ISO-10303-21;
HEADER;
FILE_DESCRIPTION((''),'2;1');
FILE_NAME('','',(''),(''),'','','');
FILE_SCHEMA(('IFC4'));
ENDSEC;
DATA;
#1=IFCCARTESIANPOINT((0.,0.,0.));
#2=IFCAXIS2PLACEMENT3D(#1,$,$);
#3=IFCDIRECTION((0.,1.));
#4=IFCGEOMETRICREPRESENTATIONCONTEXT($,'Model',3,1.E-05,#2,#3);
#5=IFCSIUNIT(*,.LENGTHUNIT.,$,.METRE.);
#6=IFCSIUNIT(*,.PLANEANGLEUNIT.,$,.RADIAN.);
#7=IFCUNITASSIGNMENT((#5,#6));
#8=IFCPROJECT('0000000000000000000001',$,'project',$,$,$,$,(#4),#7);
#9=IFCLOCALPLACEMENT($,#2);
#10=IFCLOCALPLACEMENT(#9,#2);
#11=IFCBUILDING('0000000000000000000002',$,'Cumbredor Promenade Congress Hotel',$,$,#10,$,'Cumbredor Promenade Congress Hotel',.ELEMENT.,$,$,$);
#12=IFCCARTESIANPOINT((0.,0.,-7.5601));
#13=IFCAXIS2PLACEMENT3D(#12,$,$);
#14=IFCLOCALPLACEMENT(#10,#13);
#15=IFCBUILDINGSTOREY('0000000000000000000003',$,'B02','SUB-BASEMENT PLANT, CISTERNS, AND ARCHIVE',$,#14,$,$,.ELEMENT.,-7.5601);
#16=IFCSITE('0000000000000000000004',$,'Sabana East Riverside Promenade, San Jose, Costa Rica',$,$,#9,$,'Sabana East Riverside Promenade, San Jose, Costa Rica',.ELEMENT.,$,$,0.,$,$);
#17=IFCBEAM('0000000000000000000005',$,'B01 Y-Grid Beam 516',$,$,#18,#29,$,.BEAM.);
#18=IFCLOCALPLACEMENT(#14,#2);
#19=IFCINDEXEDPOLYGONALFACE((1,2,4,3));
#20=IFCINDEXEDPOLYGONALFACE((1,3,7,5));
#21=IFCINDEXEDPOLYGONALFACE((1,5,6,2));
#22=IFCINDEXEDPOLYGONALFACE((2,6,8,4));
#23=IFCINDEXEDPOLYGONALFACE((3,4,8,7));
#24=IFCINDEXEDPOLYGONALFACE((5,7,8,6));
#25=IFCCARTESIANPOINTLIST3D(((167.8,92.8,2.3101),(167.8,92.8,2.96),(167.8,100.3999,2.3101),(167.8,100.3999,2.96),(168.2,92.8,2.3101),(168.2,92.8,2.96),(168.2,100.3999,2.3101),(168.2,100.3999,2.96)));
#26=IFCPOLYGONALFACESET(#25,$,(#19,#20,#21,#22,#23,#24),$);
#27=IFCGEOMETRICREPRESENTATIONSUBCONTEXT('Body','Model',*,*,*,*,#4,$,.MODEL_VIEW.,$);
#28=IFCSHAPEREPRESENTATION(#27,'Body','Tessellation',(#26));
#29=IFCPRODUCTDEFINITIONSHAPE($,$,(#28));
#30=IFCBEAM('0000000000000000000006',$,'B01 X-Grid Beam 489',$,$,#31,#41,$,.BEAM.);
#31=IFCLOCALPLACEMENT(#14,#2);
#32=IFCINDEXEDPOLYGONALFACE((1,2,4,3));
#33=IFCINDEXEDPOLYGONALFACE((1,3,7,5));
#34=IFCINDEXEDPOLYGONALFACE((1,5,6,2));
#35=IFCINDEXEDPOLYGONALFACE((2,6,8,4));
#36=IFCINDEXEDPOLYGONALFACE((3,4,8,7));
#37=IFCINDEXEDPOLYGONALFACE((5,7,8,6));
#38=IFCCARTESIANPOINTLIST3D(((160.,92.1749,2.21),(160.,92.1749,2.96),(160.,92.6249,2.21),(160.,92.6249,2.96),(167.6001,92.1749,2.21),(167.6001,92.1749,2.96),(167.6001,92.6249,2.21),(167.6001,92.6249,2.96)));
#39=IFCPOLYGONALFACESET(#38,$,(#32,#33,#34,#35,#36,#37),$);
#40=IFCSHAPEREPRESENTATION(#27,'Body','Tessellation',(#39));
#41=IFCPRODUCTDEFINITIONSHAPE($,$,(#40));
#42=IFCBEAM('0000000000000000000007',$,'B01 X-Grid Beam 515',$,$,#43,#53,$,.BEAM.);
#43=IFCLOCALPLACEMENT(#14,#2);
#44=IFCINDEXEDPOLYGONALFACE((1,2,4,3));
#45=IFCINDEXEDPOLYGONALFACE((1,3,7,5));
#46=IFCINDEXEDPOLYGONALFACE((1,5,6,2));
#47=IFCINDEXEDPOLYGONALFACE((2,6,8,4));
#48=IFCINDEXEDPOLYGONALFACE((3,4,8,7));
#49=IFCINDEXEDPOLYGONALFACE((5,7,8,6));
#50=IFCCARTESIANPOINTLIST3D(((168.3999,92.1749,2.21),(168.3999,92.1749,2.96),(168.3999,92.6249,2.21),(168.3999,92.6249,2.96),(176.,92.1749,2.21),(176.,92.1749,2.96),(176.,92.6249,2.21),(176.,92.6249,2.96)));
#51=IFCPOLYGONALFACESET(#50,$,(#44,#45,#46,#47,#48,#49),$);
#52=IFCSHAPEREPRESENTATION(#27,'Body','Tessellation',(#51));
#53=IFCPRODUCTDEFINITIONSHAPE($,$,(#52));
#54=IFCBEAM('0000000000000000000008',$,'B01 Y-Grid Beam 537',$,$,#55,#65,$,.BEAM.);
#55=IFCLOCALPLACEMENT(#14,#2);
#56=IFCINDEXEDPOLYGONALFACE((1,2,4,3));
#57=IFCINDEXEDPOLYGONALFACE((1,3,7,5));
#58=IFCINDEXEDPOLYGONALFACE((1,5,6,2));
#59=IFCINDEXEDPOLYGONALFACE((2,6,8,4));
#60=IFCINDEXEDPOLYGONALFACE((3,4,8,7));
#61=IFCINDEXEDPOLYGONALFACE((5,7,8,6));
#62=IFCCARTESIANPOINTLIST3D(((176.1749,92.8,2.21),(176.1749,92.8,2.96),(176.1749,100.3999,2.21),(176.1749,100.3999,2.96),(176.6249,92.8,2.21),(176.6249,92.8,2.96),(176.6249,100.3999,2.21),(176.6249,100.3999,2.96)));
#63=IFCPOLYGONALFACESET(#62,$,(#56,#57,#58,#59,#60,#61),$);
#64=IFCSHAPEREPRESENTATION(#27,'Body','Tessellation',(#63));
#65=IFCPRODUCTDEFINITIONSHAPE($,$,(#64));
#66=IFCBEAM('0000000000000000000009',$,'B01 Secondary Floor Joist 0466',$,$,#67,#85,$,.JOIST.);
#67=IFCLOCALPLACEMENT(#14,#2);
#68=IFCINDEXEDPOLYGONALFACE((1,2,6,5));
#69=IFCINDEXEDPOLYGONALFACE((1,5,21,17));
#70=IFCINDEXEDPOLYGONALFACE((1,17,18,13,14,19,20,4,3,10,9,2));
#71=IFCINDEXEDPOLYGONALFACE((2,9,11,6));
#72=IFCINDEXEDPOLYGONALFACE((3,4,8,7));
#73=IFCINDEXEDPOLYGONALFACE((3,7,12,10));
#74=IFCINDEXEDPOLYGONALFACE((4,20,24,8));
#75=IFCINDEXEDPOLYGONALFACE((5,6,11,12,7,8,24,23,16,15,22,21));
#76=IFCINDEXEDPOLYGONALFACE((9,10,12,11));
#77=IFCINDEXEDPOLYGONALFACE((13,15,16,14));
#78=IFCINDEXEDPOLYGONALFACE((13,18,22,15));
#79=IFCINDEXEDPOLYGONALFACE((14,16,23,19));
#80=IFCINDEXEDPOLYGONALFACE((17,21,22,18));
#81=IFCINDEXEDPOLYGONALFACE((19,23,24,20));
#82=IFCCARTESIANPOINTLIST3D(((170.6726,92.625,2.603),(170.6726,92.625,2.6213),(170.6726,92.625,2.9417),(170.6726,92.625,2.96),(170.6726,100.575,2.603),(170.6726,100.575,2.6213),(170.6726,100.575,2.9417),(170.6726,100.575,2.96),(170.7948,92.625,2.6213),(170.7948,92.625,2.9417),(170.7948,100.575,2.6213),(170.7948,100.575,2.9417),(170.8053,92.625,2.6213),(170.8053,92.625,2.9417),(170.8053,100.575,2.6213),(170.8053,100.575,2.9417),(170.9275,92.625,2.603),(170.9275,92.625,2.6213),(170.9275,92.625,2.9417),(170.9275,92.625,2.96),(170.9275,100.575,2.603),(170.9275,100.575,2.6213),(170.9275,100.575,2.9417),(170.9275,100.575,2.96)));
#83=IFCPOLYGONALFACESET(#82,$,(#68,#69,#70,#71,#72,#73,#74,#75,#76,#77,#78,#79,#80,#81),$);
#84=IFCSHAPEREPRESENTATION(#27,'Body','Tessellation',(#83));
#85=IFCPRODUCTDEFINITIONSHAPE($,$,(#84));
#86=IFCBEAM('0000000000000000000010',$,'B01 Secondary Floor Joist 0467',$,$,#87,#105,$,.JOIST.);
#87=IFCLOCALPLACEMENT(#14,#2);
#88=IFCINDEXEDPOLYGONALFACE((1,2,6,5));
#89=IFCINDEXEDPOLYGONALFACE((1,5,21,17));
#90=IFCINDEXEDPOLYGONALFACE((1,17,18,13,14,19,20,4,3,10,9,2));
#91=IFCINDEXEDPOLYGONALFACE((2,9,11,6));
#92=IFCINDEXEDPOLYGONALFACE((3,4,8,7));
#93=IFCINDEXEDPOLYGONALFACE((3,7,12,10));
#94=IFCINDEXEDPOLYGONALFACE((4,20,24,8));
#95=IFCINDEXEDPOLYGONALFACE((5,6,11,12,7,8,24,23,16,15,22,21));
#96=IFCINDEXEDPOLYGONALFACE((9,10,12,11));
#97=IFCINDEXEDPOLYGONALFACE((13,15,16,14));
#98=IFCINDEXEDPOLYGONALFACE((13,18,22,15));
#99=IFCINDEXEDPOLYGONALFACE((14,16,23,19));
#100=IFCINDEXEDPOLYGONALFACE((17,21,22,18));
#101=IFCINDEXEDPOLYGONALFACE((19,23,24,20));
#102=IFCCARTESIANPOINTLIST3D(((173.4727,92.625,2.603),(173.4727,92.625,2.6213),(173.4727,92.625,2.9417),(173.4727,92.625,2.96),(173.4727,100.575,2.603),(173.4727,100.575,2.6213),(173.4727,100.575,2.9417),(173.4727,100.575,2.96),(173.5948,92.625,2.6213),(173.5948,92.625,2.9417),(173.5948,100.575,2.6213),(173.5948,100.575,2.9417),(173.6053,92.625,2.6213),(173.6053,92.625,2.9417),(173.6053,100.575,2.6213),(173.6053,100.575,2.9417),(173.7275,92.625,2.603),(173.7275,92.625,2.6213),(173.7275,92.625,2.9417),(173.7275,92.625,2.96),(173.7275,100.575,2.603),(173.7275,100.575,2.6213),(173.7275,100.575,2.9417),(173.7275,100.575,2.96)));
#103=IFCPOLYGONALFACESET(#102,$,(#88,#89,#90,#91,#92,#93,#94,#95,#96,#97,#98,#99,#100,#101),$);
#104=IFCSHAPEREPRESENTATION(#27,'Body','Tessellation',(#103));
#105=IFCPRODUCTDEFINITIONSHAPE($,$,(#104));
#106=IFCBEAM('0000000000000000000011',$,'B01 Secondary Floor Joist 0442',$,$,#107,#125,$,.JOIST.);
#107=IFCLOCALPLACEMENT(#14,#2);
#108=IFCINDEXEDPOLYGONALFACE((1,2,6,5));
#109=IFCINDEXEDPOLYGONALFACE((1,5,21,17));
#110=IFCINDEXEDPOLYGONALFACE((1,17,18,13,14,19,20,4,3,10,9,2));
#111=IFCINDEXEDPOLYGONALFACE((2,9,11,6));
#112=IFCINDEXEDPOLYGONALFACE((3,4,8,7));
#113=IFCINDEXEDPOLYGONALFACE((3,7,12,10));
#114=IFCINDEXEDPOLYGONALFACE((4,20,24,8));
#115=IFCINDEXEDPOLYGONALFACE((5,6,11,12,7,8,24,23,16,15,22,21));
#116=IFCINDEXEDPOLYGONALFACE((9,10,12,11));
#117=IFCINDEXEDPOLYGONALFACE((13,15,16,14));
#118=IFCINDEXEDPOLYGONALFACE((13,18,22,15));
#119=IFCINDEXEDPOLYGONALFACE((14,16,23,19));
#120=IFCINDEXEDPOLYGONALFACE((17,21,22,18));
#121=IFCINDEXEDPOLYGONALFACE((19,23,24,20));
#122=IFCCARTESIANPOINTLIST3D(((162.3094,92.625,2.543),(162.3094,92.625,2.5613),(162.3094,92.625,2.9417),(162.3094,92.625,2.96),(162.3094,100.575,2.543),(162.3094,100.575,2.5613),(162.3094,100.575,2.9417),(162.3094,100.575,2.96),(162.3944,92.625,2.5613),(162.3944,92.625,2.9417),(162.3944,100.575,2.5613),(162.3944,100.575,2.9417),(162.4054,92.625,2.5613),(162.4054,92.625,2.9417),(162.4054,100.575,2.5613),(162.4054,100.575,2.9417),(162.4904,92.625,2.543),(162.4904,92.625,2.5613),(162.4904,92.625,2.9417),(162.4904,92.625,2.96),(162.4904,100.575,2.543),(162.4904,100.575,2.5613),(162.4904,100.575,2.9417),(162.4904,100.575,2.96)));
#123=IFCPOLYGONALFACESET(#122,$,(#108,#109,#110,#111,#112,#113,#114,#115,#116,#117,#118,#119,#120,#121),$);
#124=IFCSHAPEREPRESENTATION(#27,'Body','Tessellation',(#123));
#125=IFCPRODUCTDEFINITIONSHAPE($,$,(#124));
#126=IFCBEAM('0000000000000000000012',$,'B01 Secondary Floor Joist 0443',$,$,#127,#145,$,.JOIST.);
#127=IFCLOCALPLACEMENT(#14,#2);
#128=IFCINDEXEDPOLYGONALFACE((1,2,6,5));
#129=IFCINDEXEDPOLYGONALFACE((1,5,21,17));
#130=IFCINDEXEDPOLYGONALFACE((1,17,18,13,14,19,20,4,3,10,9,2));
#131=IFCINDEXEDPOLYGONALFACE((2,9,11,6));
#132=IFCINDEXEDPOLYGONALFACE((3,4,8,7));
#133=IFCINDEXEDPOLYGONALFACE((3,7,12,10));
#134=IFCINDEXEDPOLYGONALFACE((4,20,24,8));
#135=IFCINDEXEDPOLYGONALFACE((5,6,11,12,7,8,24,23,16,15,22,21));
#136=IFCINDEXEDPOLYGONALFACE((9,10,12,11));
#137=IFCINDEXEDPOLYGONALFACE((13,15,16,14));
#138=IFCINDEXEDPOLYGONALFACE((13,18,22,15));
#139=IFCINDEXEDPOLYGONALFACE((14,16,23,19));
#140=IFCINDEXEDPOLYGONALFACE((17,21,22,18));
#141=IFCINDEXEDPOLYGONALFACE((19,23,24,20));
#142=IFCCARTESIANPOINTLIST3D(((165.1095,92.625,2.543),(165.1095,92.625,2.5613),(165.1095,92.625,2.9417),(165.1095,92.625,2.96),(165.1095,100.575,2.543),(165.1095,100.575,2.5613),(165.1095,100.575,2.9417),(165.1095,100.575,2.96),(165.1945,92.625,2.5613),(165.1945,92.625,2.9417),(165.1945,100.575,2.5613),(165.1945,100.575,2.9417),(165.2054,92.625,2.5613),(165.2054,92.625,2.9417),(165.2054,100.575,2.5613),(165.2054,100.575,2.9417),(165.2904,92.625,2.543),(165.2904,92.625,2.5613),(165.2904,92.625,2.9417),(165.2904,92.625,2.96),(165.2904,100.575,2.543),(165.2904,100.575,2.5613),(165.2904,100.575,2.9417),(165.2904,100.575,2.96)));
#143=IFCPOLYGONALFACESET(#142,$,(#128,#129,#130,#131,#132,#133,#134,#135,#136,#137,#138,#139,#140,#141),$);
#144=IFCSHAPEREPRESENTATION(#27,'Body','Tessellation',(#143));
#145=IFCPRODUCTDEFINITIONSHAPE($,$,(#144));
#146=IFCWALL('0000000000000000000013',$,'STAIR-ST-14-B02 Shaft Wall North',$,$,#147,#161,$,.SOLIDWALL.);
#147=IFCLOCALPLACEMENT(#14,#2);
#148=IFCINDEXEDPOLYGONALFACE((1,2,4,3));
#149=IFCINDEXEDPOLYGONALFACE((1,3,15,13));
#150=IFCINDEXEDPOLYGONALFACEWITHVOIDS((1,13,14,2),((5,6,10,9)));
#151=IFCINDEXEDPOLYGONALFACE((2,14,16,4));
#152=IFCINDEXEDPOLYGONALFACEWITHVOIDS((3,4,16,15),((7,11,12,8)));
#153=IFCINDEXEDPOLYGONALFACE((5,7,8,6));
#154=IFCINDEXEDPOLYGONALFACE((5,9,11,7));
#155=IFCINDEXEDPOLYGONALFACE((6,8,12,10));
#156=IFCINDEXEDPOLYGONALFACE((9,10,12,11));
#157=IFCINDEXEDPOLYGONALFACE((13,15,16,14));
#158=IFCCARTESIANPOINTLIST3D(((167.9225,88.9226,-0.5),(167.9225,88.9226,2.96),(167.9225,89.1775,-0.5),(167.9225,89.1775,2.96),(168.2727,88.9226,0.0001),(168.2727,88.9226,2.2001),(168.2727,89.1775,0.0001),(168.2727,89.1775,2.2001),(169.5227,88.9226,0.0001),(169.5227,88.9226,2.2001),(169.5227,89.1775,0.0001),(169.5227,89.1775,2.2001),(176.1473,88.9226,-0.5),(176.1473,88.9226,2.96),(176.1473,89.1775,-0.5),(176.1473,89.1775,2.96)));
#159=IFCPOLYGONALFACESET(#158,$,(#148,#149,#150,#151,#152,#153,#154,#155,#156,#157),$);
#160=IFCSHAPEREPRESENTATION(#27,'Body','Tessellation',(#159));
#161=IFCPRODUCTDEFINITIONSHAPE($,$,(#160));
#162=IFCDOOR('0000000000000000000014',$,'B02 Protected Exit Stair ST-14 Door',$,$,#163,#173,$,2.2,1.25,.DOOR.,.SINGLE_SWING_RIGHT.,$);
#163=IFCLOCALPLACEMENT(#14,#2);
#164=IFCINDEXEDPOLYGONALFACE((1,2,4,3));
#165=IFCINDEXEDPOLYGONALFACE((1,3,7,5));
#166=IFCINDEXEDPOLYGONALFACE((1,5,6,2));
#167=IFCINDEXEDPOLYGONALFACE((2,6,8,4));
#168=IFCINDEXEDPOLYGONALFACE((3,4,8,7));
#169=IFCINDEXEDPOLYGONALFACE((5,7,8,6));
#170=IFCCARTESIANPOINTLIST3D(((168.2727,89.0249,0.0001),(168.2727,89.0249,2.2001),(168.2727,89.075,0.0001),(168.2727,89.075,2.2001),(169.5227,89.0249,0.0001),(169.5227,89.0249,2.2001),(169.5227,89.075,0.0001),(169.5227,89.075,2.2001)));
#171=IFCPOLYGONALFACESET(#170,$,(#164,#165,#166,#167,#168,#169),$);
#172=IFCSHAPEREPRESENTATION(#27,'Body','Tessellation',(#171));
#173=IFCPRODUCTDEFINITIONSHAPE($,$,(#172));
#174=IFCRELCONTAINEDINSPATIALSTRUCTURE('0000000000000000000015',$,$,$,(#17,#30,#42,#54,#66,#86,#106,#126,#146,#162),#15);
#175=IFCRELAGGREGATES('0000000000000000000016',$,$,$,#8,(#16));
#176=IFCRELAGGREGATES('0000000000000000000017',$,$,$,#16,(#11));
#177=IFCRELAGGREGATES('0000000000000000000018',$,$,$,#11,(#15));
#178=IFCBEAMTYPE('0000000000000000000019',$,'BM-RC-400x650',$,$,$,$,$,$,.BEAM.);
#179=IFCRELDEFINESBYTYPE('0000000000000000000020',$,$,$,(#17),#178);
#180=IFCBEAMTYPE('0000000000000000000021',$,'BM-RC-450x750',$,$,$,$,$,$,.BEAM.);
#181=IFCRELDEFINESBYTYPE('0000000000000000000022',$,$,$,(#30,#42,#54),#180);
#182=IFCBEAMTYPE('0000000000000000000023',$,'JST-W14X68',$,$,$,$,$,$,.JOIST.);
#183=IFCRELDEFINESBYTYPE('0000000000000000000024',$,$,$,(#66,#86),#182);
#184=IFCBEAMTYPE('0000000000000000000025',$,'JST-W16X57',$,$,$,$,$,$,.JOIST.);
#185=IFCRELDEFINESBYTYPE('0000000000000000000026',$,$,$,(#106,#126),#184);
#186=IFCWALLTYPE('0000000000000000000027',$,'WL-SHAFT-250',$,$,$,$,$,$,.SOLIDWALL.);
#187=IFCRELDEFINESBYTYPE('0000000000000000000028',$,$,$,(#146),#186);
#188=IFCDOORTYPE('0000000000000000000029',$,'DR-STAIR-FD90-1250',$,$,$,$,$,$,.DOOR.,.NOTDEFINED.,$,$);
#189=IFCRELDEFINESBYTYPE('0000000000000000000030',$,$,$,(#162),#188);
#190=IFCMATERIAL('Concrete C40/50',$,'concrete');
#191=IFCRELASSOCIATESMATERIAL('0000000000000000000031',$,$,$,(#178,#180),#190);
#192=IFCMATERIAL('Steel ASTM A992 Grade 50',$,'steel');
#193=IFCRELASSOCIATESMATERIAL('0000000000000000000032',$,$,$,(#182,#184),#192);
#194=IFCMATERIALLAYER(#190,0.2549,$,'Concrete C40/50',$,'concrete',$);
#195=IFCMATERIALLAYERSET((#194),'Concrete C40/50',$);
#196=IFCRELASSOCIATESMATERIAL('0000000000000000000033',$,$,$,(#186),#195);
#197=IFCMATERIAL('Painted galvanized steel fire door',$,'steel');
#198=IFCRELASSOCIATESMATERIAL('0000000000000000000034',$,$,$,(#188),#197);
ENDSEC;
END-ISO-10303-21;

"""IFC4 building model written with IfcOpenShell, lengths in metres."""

from ifc_helpers import new_model, si_unit, direction, frame, frame_2d, origin, origin_2d, place, context, subcontext, project, spatial, rectangle, i_section, extrude, material, layer, layer_set, material_profile, profile_set, type_object, element, fill, save


model = new_model("IFC4")

# Units and contexts
model_context = context("Model", 3, precision=1e-05, world=origin(), true_north=direction((0.0, 1.0)))
body_context = subcontext(model_context, "Body", "Model", "MODEL_VIEW")
ifc_project = project(units=[si_unit("LENGTHUNIT", "METRE"), si_unit("PLANEANGLEUNIT", "RADIAN")], contexts=[model_context])

# Site, building, storey
site_placement = place(None, origin())
site = spatial("IfcSite", under=ifc_project, at=site_placement, Name="Sabana East Riverside Promenade, San Jose, Costa Rica", LongName="Sabana East Riverside Promenade, San Jose, Costa Rica", CompositionType="ELEMENT", RefElevation=0.0)
building_placement = place(site_placement, origin())
building = spatial("IfcBuilding", under=site, at=building_placement, Name="Cumbredor Promenade Congress Hotel", LongName="Cumbredor Promenade Congress Hotel", CompositionType="ELEMENT")
storey_placement = place(building_placement, frame((0.0, 0.0, -7.5601)))
storey = spatial("IfcBuildingStorey", under=building, at=storey_placement, Name="B02", Description="SUB-BASEMENT PLANT, CISTERNS, AND ARCHIVE", CompositionType="ELEMENT", Elevation=-7.5601)

# Shared definitions
ifc_material_1 = material(Name="Concrete C40/50", Category="concrete")

# Beams
ifc_material_profile_1 = material_profile(ifc_material_1, rectangle(XDim=0.3999, YDim=0.6499, at=origin_2d()), Name="RC BEAM 400x650")
ifc_profile_set_1 = profile_set([ifc_material_profile_1], Name="Concrete C40/50")
beam_type_1 = type_object("IfcBeamType", Name="BM-RC-400x650", PredefinedType="BEAM", material=ifc_profile_set_1)
beam_1_placement = place(storey_placement, frame((168.0, 92.8, 2.635), z_axis=(0.0, 1.0, 0.0), x_axis=(-1.0, 0.0, 0.0)))
element("IfcBeam", 1, at=beam_1_placement, inside=storey, type_object=beam_type_1, Name="B01 Y-Grid Beam 516", PredefinedType="BEAM", context=body_context, shape_type="SweptSolid", body=[
    extrude(rectangle(XDim=0.3999, YDim=0.6499, at=origin_2d()), origin(), (0.0, 0.0, 1.0), 7.5999),
])
ifc_material_profile_2 = material_profile(ifc_material_1, rectangle(XDim=0.45, YDim=0.75, at=origin_2d()), Name="RC BEAM 450x750")
ifc_profile_set_2 = profile_set([ifc_material_profile_2], Name="Concrete C40/50")
beam_type_2 = type_object("IfcBeamType", Name="BM-RC-450x750", PredefinedType="BEAM", material=ifc_profile_set_2)
for number, where, z_axis, x_axis, name in (
    (2, (160.0, 92.3999, 2.585), (1.0, 0.0, 0.0), (0.0, 1.0, 0.0), "B01 X-Grid Beam 489"),
    (3, (168.3999, 92.3999, 2.585), (1.0, 0.0, 0.0), (0.0, 1.0, 0.0), "B01 X-Grid Beam 515"),
):
    element("IfcBeam", number, at=place(storey_placement, frame(where, z_axis=z_axis, x_axis=x_axis)), inside=storey, type_object=beam_type_2, Name=name, PredefinedType="BEAM", context=body_context, shape_type="SweptSolid", body=[
        extrude(rectangle(XDim=0.45, YDim=0.75, at=origin_2d()), origin(), (0.0, 0.0, 1.0), 7.6001),
    ])
beam_2_placement = place(storey_placement, frame((176.3999, 92.8, 2.585), z_axis=(0.0, 1.0, 0.0), x_axis=(-1.0, 0.0, 0.0)))
element("IfcBeam", 4, at=beam_2_placement, inside=storey, type_object=beam_type_2, Name="B01 Y-Grid Beam 537", PredefinedType="BEAM", context=body_context, shape_type="SweptSolid", body=[
    extrude(rectangle(XDim=0.45, YDim=0.75, at=origin_2d()), origin(), (0.0, 0.0, 1.0), 7.5999),
])
ifc_material_2 = material(Name="Steel ASTM A992 Grade 50", Category="steel")
ifc_material_profile_3 = material_profile(ifc_material_2, i_section(OverallWidth=0.2549, OverallDepth=0.3569, WebThickness=0.0105, FlangeThickness=0.0183, at=origin_2d()), Name="W14X68")
ifc_profile_set_3 = profile_set([ifc_material_profile_3], Name="Steel ASTM A992 Grade 50")
beam_type_3 = type_object("IfcBeamType", Name="JST-W14X68", PredefinedType="JOIST", material=ifc_profile_set_3)
for number, where, z_axis, x_axis, name in (
    (5, (170.8, 92.625, 2.7815), (0.0, 1.0, 0.0), (-1.0, 0.0, 0.0), "B01 Secondary Floor Joist 0466"),
    (6, (173.6001, 92.625, 2.7815), (0.0, 1.0, 0.0), (-1.0, 0.0, 0.0), "B01 Secondary Floor Joist 0467"),
):
    element("IfcBeam", number, at=place(storey_placement, frame(where, z_axis=z_axis, x_axis=x_axis)), inside=storey, type_object=beam_type_3, Name=name, PredefinedType="JOIST", context=body_context, shape_type="SweptSolid", body=[
        extrude(i_section(OverallWidth=0.2549, OverallDepth=0.3569, WebThickness=0.0105, FlangeThickness=0.0183, at=origin_2d()), origin(), (0.0, 0.0, 1.0), 7.95),
    ])
ifc_material_profile_4 = material_profile(ifc_material_2, i_section(OverallWidth=0.1809, OverallDepth=0.417, WebThickness=0.011, FlangeThickness=0.0183, at=origin_2d()), Name="W16X57")
ifc_profile_set_4 = profile_set([ifc_material_profile_4], Name="Steel ASTM A992 Grade 50")
beam_type_4 = type_object("IfcBeamType", Name="JST-W16X57", PredefinedType="JOIST", material=ifc_profile_set_4)
for number, where, z_axis, x_axis, name in (
    (7, (162.3999, 92.625, 2.7515), (0.0, 1.0, 0.0), (-1.0, 0.0, 0.0), "B01 Secondary Floor Joist 0442"),
    (8, (165.2, 92.625, 2.7515), (0.0, 1.0, 0.0), (-1.0, 0.0, 0.0), "B01 Secondary Floor Joist 0443"),
):
    element("IfcBeam", number, at=place(storey_placement, frame(where, z_axis=z_axis, x_axis=x_axis)), inside=storey, type_object=beam_type_4, Name=name, PredefinedType="JOIST", context=body_context, shape_type="SweptSolid", body=[
        extrude(i_section(OverallWidth=0.1809, OverallDepth=0.417, WebThickness=0.011, FlangeThickness=0.0183, at=origin_2d()), origin(), (0.0, 0.0, 1.0), 7.95),
    ])

# Wall, opening, door
ifc_layer = layer(ifc_material_1, 0.2549, Name="Concrete C40/50", Category="concrete")
ifc_layer_set = layer_set([ifc_layer], Name="Concrete C40/50")
wall_type = type_object("IfcWallType", Name="WL-SHAFT-250", PredefinedType="SOLIDWALL", material=ifc_layer_set)
wall_placement = place(storey_placement, frame((167.9226, 89.05, -0.5), z_axis=(0.0, 0.0, 1.0), x_axis=(1.0, 0.0, 0.0)))
wall = element("IfcWall", 9, at=wall_placement, inside=storey, type_object=wall_type, Name="STAIR-ST-14-B02 Shaft Wall North", PredefinedType="SOLIDWALL", context=body_context, shape_type="SweptSolid", body=[
    extrude(rectangle(XDim=8.2249, YDim=0.2549, at=frame_2d((4.1123, 0.0))), origin(), (0.0, 0.0, 1.0), 3.46),
])
opening_placement = place(wall_placement, frame((0.3501, 0.0, 0.5)))
opening = element("IfcOpeningElement", 10, at=opening_placement, cuts=wall, PredefinedType="OPENING", context=body_context, shape_type="SweptSolid", body=[
    extrude(rectangle(XDim=1.25, YDim=2.2, at=frame_2d((0.625, 1.1001))), frame((0.0, 0.1375, 0.0), z_axis=(0.0, -1.0, 0.0), x_axis=(1.0, 0.0, 0.0)), (0.0, 0.0, 1.0), 0.2749),
])
ifc_material_3 = material(Name="Painted galvanized steel fire door", Category="steel")
door_type = type_object("IfcDoorType", Name="DR-STAIR-FD90-1250", OperationType="NOTDEFINED", PredefinedType="DOOR", material=ifc_material_3)
door_placement = place(opening_placement, origin())
door = element("IfcDoor", 11, at=door_placement, inside=storey, type_object=door_type, Name="B02 Protected Exit Stair ST-14 Door", OperationType="SINGLE_SWING_RIGHT", OverallHeight=2.2, OverallWidth=1.25, PredefinedType="DOOR", context=body_context, shape_type="SweptSolid", body=[
    extrude(rectangle(XDim=1.25, YDim=2.2, at=frame_2d((0.625, 1.1001))), frame((0.0, 0.0249, 0.0), z_axis=(0.0, -1.0, 0.0), x_axis=(1.0, 0.0, 0.0)), (0.0, 0.0, 1.0), 0.05),
])
fill(opening, door)

save(model, "model.ifc")
